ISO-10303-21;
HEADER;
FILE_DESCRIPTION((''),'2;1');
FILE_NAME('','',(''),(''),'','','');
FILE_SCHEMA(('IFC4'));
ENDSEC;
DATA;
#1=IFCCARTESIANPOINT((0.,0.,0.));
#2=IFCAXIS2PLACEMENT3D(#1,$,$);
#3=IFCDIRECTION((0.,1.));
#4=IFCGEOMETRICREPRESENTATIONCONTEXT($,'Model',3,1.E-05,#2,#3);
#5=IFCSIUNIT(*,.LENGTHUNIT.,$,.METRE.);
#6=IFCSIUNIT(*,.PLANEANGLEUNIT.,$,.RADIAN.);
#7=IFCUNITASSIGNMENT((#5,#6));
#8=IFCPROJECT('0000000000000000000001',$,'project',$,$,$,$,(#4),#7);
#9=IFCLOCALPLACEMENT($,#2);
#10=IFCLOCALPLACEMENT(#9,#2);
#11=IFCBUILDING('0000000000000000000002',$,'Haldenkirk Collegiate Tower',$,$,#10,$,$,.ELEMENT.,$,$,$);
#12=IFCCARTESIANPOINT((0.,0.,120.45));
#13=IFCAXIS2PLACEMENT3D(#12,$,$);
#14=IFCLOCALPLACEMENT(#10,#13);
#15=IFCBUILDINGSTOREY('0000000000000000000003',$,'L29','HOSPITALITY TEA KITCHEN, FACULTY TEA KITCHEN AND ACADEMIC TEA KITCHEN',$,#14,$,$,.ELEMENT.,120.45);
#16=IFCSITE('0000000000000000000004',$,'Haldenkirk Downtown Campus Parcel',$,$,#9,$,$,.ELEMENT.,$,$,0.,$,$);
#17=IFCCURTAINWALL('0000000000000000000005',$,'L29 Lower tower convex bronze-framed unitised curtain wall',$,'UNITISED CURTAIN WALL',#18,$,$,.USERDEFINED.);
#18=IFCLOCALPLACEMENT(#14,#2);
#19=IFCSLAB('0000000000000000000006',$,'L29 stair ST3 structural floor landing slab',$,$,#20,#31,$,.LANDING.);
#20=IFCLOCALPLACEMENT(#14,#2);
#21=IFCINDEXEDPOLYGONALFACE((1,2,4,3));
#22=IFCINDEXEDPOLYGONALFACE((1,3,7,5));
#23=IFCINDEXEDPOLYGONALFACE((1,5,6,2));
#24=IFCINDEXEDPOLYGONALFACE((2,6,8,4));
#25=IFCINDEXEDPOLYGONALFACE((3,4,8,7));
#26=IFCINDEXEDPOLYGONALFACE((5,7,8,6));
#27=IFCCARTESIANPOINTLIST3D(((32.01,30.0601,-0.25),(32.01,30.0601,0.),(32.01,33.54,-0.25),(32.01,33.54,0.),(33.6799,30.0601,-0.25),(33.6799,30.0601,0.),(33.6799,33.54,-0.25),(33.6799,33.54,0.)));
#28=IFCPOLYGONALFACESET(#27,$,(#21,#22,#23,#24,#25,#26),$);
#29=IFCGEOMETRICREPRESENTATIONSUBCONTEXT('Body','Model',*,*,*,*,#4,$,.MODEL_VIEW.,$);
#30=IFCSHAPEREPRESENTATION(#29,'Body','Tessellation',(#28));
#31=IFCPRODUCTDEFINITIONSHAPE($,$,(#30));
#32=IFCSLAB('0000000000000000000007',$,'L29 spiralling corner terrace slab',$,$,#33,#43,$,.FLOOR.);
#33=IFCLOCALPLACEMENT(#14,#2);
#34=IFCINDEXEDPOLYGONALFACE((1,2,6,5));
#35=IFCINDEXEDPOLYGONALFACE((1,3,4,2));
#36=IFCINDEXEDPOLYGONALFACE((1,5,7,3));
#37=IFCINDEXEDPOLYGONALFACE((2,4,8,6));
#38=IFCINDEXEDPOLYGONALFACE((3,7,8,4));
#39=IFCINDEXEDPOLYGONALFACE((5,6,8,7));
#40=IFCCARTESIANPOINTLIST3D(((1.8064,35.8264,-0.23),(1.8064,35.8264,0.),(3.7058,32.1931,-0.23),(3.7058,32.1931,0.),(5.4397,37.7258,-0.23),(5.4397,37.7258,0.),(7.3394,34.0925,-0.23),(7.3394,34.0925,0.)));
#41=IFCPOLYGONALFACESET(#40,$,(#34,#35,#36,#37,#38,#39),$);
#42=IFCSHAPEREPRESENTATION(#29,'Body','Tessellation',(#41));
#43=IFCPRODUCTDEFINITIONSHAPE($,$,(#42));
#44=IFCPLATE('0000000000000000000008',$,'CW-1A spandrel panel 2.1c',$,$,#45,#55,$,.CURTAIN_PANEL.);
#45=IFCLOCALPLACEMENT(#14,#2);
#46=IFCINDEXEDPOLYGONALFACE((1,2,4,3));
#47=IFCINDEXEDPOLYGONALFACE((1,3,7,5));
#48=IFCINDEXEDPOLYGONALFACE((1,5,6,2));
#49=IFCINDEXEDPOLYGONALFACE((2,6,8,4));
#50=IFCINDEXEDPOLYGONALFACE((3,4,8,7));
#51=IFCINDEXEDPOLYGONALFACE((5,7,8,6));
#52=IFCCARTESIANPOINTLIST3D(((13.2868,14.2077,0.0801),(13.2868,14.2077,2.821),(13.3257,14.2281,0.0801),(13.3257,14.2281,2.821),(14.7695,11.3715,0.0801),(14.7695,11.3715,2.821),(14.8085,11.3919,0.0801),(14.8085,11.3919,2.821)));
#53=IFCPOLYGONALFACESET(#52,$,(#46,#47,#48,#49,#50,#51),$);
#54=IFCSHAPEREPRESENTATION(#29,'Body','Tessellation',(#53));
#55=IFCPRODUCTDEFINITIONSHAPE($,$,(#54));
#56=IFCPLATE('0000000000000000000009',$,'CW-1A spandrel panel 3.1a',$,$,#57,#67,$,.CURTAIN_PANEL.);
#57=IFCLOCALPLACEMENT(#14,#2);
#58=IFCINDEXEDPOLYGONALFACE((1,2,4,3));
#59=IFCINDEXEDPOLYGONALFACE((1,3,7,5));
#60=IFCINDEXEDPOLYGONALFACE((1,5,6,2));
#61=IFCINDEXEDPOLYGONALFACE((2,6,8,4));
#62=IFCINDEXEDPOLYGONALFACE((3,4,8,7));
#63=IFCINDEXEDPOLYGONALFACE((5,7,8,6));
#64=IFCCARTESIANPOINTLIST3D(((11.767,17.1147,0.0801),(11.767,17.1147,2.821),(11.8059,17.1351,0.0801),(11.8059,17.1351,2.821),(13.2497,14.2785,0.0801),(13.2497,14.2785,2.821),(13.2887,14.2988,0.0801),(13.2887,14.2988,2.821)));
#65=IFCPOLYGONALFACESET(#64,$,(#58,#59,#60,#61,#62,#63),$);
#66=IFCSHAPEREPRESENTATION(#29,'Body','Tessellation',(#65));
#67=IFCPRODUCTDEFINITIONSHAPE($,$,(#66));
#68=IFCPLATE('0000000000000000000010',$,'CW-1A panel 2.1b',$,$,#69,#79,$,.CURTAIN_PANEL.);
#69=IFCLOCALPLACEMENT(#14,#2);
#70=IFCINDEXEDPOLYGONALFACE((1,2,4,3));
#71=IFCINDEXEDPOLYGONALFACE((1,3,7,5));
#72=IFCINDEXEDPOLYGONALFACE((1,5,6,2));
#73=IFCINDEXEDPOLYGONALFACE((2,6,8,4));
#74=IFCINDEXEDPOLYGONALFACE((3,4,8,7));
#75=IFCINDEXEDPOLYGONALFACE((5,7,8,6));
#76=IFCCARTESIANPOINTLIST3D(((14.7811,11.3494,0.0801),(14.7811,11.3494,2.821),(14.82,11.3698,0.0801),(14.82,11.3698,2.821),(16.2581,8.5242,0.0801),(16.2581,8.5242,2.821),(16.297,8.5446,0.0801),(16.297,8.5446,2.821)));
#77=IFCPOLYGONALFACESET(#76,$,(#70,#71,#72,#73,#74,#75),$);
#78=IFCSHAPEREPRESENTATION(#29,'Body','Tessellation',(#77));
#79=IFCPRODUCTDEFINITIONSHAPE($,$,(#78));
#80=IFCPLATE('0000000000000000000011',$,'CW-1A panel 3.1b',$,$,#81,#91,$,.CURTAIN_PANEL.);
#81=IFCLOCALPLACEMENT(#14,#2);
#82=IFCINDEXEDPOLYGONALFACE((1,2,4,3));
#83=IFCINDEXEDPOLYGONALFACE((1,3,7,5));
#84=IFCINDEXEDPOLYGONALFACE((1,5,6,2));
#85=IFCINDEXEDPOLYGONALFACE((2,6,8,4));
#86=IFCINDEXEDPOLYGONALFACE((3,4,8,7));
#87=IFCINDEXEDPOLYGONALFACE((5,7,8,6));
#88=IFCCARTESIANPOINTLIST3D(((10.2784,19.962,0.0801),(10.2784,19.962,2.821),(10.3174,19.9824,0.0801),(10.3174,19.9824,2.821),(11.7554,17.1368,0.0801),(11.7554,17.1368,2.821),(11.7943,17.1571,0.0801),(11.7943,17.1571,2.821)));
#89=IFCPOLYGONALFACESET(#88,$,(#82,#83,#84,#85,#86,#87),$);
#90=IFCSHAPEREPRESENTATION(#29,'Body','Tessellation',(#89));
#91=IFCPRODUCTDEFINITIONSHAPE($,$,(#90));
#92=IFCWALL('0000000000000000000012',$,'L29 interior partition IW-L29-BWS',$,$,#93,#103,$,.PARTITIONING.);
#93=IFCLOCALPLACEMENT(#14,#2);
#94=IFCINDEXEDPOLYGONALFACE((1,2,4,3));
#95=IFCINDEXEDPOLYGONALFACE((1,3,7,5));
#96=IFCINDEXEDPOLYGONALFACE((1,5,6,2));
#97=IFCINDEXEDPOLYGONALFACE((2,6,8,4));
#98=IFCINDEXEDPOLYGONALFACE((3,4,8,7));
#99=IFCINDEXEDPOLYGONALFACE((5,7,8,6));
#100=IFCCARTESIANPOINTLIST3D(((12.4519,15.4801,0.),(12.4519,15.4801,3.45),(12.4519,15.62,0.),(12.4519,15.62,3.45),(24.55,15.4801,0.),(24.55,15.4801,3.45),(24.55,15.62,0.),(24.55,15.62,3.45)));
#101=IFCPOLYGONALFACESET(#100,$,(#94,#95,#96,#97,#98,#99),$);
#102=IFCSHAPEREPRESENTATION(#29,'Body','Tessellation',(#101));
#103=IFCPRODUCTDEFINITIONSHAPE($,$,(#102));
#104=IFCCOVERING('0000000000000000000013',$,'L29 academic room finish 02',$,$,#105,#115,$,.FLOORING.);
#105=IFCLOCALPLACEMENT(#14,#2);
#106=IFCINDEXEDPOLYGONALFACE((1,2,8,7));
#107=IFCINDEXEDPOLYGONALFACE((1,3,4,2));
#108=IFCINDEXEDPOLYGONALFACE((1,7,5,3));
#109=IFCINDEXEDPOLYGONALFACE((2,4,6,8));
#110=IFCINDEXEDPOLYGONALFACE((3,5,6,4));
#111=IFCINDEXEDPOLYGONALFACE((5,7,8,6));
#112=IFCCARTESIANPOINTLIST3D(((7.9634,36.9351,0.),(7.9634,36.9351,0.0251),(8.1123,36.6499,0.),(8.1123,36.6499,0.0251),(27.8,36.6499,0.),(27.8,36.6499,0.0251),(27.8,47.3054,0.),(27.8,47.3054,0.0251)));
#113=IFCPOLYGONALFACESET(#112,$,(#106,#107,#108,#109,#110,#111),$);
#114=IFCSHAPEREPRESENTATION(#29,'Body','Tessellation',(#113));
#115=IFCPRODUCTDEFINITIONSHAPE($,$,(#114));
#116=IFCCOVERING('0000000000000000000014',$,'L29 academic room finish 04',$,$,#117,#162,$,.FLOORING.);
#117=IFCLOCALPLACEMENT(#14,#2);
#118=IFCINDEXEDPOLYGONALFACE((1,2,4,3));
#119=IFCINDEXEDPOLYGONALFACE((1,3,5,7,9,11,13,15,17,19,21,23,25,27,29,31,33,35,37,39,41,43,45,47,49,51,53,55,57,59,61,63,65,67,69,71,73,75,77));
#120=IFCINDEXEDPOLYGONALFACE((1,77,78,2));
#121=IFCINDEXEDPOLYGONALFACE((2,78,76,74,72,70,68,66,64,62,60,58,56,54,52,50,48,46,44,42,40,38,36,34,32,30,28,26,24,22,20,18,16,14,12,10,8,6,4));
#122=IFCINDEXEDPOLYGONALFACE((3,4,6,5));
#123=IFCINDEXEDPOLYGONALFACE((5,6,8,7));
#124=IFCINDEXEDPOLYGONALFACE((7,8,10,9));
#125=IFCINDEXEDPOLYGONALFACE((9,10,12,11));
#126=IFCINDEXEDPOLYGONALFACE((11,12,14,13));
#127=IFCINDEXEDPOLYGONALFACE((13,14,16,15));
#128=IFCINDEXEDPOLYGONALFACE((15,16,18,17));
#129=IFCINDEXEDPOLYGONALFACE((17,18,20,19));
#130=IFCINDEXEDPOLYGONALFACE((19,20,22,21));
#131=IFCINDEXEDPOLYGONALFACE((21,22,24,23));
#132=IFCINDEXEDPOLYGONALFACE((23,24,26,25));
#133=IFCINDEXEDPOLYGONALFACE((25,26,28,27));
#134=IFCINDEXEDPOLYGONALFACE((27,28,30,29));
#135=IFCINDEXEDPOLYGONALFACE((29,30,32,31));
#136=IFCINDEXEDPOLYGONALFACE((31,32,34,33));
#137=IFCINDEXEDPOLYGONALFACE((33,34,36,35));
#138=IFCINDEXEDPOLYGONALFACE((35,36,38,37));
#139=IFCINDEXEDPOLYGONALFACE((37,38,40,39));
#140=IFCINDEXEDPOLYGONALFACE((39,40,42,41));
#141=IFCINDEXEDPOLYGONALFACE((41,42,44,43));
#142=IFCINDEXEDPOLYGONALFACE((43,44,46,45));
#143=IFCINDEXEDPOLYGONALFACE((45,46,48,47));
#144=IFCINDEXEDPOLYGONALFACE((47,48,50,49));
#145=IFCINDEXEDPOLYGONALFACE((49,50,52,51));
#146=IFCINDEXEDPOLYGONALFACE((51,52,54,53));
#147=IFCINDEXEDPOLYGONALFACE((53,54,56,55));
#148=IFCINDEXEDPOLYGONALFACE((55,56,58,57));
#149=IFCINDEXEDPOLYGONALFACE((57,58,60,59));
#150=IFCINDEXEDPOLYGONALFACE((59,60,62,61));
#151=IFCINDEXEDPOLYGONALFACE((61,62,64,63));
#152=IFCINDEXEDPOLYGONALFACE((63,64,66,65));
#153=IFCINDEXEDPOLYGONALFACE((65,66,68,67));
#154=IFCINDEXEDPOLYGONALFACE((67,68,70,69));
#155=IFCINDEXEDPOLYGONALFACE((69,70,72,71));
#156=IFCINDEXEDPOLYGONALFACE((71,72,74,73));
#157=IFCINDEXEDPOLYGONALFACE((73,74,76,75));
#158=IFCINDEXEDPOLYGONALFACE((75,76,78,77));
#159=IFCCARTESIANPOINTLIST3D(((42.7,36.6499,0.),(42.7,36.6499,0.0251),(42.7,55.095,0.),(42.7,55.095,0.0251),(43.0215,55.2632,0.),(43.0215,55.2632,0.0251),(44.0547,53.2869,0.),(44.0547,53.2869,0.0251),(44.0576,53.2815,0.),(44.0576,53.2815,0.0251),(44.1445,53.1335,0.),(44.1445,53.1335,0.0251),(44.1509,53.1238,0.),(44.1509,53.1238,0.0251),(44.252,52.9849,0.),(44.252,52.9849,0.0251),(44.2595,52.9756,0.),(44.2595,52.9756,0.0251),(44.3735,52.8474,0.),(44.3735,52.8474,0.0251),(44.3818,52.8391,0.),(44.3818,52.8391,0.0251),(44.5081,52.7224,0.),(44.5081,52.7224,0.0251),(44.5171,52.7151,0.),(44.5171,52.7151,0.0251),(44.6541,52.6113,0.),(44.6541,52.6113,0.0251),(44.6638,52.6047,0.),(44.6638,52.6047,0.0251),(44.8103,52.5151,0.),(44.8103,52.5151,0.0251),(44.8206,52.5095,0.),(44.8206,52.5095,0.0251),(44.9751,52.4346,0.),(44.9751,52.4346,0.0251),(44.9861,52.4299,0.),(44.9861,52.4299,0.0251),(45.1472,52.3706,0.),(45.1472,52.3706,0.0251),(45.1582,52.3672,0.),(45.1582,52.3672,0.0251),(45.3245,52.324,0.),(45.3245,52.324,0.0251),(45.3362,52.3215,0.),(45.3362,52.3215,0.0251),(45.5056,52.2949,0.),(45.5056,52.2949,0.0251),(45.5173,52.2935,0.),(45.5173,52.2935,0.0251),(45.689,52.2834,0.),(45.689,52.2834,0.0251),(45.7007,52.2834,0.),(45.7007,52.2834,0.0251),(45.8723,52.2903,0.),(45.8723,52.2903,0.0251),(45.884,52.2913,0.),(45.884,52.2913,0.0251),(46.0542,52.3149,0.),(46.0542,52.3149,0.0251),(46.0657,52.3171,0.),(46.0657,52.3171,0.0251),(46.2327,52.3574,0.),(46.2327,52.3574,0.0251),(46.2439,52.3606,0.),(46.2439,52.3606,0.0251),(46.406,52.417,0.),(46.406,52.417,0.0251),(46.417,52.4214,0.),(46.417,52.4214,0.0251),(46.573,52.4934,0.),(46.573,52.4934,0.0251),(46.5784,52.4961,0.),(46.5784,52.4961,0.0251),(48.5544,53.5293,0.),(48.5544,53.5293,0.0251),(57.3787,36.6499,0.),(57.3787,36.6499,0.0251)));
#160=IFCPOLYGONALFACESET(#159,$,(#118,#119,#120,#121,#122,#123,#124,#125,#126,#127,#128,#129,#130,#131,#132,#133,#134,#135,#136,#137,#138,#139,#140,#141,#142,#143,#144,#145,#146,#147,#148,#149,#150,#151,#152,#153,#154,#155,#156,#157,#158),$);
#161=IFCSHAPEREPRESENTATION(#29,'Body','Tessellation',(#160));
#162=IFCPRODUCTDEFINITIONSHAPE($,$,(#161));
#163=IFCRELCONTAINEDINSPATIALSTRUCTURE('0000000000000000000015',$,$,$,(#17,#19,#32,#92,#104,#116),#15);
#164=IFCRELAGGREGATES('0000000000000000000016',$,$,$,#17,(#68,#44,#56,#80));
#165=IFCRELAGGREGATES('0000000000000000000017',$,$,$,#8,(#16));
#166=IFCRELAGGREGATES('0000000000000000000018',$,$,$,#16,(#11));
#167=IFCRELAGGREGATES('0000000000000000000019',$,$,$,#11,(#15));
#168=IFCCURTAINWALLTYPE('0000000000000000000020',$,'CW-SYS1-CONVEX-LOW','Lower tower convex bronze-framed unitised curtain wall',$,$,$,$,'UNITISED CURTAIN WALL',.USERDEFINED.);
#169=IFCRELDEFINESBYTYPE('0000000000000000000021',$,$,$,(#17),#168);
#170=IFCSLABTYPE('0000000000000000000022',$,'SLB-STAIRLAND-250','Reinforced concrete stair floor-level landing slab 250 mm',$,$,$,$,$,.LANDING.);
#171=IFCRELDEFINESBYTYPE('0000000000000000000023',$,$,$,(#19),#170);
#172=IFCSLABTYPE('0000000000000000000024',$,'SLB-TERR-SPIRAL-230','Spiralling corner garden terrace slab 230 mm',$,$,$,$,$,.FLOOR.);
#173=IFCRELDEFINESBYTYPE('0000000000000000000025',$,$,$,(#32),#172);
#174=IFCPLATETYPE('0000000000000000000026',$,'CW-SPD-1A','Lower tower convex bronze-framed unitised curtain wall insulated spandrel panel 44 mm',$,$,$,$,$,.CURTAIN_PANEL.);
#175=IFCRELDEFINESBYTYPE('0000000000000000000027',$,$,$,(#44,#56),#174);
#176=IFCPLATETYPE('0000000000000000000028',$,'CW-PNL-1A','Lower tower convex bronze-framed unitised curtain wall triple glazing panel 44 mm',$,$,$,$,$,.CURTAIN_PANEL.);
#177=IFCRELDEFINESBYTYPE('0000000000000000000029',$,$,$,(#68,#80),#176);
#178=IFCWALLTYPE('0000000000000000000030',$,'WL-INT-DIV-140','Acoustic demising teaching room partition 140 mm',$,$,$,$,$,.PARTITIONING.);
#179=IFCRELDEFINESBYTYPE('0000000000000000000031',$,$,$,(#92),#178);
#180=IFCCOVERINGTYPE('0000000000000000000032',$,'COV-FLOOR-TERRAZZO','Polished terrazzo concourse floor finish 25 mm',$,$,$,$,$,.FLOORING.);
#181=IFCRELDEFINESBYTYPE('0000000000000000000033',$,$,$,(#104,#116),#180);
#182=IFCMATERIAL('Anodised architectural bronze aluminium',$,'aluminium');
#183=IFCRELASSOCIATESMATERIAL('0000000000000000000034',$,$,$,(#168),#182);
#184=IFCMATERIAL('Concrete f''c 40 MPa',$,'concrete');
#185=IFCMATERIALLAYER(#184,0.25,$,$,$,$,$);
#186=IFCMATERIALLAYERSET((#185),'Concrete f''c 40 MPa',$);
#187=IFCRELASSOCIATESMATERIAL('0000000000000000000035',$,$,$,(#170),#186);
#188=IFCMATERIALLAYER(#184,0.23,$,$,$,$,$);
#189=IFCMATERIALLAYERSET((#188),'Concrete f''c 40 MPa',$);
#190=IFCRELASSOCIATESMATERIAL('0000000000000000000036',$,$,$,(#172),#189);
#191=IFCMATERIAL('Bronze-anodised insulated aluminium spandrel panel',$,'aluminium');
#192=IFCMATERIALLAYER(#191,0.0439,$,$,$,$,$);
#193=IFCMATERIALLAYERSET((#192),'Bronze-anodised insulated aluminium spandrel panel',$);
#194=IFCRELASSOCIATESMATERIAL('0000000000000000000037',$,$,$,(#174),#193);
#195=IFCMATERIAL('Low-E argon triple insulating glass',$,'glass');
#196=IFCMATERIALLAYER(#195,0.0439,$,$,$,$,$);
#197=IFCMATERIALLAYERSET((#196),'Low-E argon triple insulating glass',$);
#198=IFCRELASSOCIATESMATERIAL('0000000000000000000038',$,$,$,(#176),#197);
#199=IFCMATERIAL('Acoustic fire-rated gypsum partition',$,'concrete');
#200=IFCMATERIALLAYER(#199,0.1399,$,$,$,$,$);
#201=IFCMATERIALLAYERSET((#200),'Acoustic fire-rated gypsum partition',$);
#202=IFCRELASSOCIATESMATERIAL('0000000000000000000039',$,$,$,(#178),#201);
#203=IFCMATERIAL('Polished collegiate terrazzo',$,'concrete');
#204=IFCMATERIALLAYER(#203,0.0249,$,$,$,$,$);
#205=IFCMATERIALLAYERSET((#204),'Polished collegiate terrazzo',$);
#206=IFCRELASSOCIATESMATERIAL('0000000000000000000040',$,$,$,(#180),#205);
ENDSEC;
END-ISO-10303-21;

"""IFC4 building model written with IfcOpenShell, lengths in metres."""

from ifc_helpers import new_model, si_unit, direction, frame, frame_2d, origin, origin_2d, place, context, subcontext, project, spatial, polyline, rectangle, outline, extrude, source, transform, mapped, material, layer, layer_set, type_object, element, aggregate, save


model = new_model("IFC4")

# Units and contexts
model_context = context("Model", 3, precision=1e-05, world=origin(), true_north=direction((0.0, 1.0)))
body_context = subcontext(model_context, "Body", "Model", "MODEL_VIEW")
ifc_project = project(units=[si_unit("LENGTHUNIT", "METRE"), si_unit("PLANEANGLEUNIT", "RADIAN")], contexts=[model_context])

# Site, building, storey
site_placement = place(None, origin())
site = spatial("IfcSite", under=ifc_project, at=site_placement, Name="Haldenkirk Downtown Campus Parcel", CompositionType="ELEMENT", RefElevation=0.0)
building_placement = place(site_placement, origin())
building = spatial("IfcBuilding", under=site, at=building_placement, Name="Haldenkirk Collegiate Tower", CompositionType="ELEMENT")
storey_placement = place(building_placement, frame((0.0, 0.0, 120.45)))
storey = spatial("IfcBuildingStorey", under=building, at=storey_placement, Name="L29", Description="HOSPITALITY TEA KITCHEN, FACULTY TEA KITCHEN AND ACADEMIC TEA KITCHEN", CompositionType="ELEMENT", Elevation=120.45)

# Curtain wall
ifc_material_1 = material(Name="Anodised architectural bronze aluminium", Category="aluminium")
curtain_wall_type = type_object("IfcCurtainWallType", Name="CW-SYS1-CONVEX-LOW", Description="Lower tower convex bronze-framed unitised curtain wall", ElementType="UNITISED CURTAIN WALL", PredefinedType="USERDEFINED", material=ifc_material_1)
curtain_wall_placement = place(storey_placement, origin())
curtain_wall = element("IfcCurtainWall", 1, at=curtain_wall_placement, inside=storey, type_object=curtain_wall_type, Name="L29 Lower tower convex bronze-framed unitised curtain wall", ObjectType="UNITISED CURTAIN WALL", PredefinedType="USERDEFINED")

# Shared definitions
ifc_material_2 = material(Name="Concrete f'c 40 MPa", Category="concrete")

# Slabs
ifc_layer_1 = layer(ifc_material_2, 0.25)
ifc_layer_set_1 = layer_set([ifc_layer_1], Name="Concrete f'c 40 MPa")
slab_type_1 = type_object("IfcSlabType", Name="SLB-STAIRLAND-250", Description="Reinforced concrete stair floor-level landing slab 250 mm", PredefinedType="LANDING", material=ifc_layer_set_1)
slab_1_placement = place(storey_placement, frame((0.0, 0.0, -0.25)))
element("IfcSlab", 2, at=slab_1_placement, inside=storey, type_object=slab_type_1, Name="L29 stair ST3 structural floor landing slab", PredefinedType="LANDING", context=body_context, shape_type="SweptSolid", body=[
    extrude(outline(polyline([(32.01, 30.0601), (33.6799, 30.0601), (33.6799, 33.54), (32.01, 33.54), (32.01, 30.0601)])), origin(), (0.0, 0.0, 1.0), 0.25),
])
ifc_layer_2 = layer(ifc_material_2, 0.23)
ifc_layer_set_2 = layer_set([ifc_layer_2], Name="Concrete f'c 40 MPa")
slab_type_2 = type_object("IfcSlabType", Name="SLB-TERR-SPIRAL-230", Description="Spiralling corner garden terrace slab 230 mm", PredefinedType="FLOOR", material=ifc_layer_set_2)
slab_2_placement = place(storey_placement, frame((0.0, 0.0, -0.23)))
element("IfcSlab", 3, at=slab_2_placement, inside=storey, type_object=slab_type_2, Name="L29 spiralling corner terrace slab", PredefinedType="FLOOR", context=body_context, shape_type="SweptSolid", body=[
    extrude(outline(polyline([(3.7058, 32.1931), (7.3394, 34.0925), (5.4397, 37.7258), (1.8064, 35.8264), (3.7058, 32.1931)])), origin(), (0.0, 0.0, 1.0), 0.23),
])

# Plates
ifc_material_3 = material(Name="Bronze-anodised insulated aluminium spandrel panel", Category="aluminium")
ifc_layer_3 = layer(ifc_material_3, 0.0439)
ifc_layer_set_3 = layer_set([ifc_layer_3], Name="Bronze-anodised insulated aluminium spandrel panel")
plate_type_1 = type_object("IfcPlateType", Name="CW-SPD-1A", Description="Lower tower convex bronze-framed unitised curtain wall insulated spandrel panel 44 mm", PredefinedType="CURTAIN_PANEL", material=ifc_layer_set_3)
shared_shape_1 = source(origin(), body_context, "Body", "SweptSolid", [
    extrude(rectangle(XDim=3.2004, YDim=0.0439, at=origin_2d()), origin(), (0.0, 0.0, 1.0), 2.741),
])
plate_1_placement = place(storey_placement, frame((14.0476, 12.7998, 0.0801), z_axis=(0.0, 0.0, 1.0), x_axis=(-0.463294, 0.886205, 0.0)))
plate_1 = element("IfcPlate", 4, at=plate_1_placement, type_object=plate_type_1, Name="CW-1A spandrel panel 2.1c", PredefinedType="CURTAIN_PANEL", context=body_context, shape_type="MappedRepresentation", body=[
    mapped(shared_shape_1, transform((0.0, 0.0, 0.0), x_axis=(1.0, 0.0, 0.0), y_axis=(0.0, 1.0, 0.0), z_axis=(0.0, 0.0, 1.0), scale=1.0)),
])
plate_2_placement = place(storey_placement, frame((12.5278, 15.7068, 0.0801), z_axis=(0.0, 0.0, 1.0), x_axis=(-0.463294, 0.886205, 0.0)))
plate_2 = element("IfcPlate", 5, at=plate_2_placement, type_object=plate_type_1, Name="CW-1A spandrel panel 3.1a", PredefinedType="CURTAIN_PANEL", context=body_context, shape_type="MappedRepresentation", body=[
    mapped(shared_shape_1, transform((0.0, 0.0, 0.0), x_axis=(1.0, 0.0, 0.0), y_axis=(0.0, 1.0, 0.0), z_axis=(0.0, 0.0, 1.0), scale=1.0)),
])
ifc_material_4 = material(Name="Low-E argon triple insulating glass", Category="glass")
ifc_layer_4 = layer(ifc_material_4, 0.0439)
ifc_layer_set_4 = layer_set([ifc_layer_4], Name="Low-E argon triple insulating glass")
plate_type_2 = type_object("IfcPlateType", Name="CW-PNL-1A", Description="Lower tower convex bronze-framed unitised curtain wall triple glazing panel 44 mm", PredefinedType="CURTAIN_PANEL", material=ifc_layer_set_4)
shared_shape_2 = source(origin(), body_context, "Body", "SweptSolid", [
    extrude(rectangle(XDim=3.188, YDim=0.0439, at=origin_2d()), origin(), (0.0, 0.0, 1.0), 2.741),
])
plate_3_placement = place(storey_placement, frame((15.5391, 9.947, 0.0801), z_axis=(0.0, 0.0, 1.0), x_axis=(-0.463294, 0.886205, 0.0)))
plate_3 = element("IfcPlate", 6, at=plate_3_placement, type_object=plate_type_2, Name="CW-1A panel 2.1b", PredefinedType="CURTAIN_PANEL", context=body_context, shape_type="MappedRepresentation", body=[
    mapped(shared_shape_2, transform((0.0, 0.0, 0.0), x_axis=(1.0, 0.0, 0.0), y_axis=(0.0, 1.0, 0.0), z_axis=(0.0, 0.0, 1.0), scale=1.0)),
])
plate_4_placement = place(storey_placement, frame((11.0364, 18.5596, 0.0801), z_axis=(0.0, 0.0, 1.0), x_axis=(-0.463294, 0.886205, 0.0)))
plate_4 = element("IfcPlate", 7, at=plate_4_placement, type_object=plate_type_2, Name="CW-1A panel 3.1b", PredefinedType="CURTAIN_PANEL", context=body_context, shape_type="MappedRepresentation", body=[
    mapped(shared_shape_2, transform((0.0, 0.0, 0.0), x_axis=(1.0, 0.0, 0.0), y_axis=(0.0, 1.0, 0.0), z_axis=(0.0, 0.0, 1.0), scale=1.0)),
])
aggregate(curtain_wall, [plate_3, plate_1, plate_2, plate_4])

# Wall
ifc_material_5 = material(Name="Acoustic fire-rated gypsum partition", Category="concrete")
ifc_layer_5 = layer(ifc_material_5, 0.1399)
ifc_layer_set_5 = layer_set([ifc_layer_5], Name="Acoustic fire-rated gypsum partition")
wall_type = type_object("IfcWallType", Name="WL-INT-DIV-140", Description="Acoustic demising teaching room partition 140 mm", PredefinedType="PARTITIONING", material=ifc_layer_set_5)
wall_placement = place(storey_placement, frame((12.4519, 15.55, 0.0), z_axis=(0.0, 0.0, 1.0), x_axis=(1.0, 0.0, 0.0)))
element("IfcWall", 8, at=wall_placement, inside=storey, type_object=wall_type, Name="L29 interior partition IW-L29-BWS", PredefinedType="PARTITIONING", context=body_context, shape_type="SweptSolid", body=[
    extrude(rectangle(XDim=12.0981, YDim=0.1399, at=frame_2d((6.0491, 0.0))), origin(), (0.0, 0.0, 1.0), 3.45),
])

# Coverings
ifc_material_6 = material(Name="Polished collegiate terrazzo", Category="concrete")
ifc_layer_6 = layer(ifc_material_6, 0.0249)
ifc_layer_set_6 = layer_set([ifc_layer_6], Name="Polished collegiate terrazzo")
covering_type_1 = type_object("IfcCoveringType", Name="COV-FLOOR-TERRAZZO", Description="Polished terrazzo concourse floor finish 25 mm", PredefinedType="FLOORING", material=ifc_layer_set_6)
covering_1_placement = place(storey_placement, origin())
element("IfcCovering", 9, at=covering_1_placement, inside=storey, type_object=covering_type_1, Name="L29 academic room finish 02", PredefinedType="FLOORING", context=body_context, shape_type="SweptSolid", body=[
    extrude(outline(polyline([(27.8, 47.3054), (27.8, 36.6499), (8.1123, 36.6499), (7.9634, 36.9351), (27.8, 47.3054)])), origin(), (0.0, 0.0, 1.0), 0.0251),
])
covering_2_placement = place(storey_placement, origin())
element("IfcCovering", 10, at=covering_2_placement, inside=storey, type_object=covering_type_1, Name="L29 academic room finish 04", PredefinedType="FLOORING", context=body_context, shape_type="SweptSolid", body=[
    extrude(outline(polyline([(43.0215, 55.2632), (44.0547, 53.2869), (44.0576, 53.2815), (44.1445, 53.1335), (44.1509, 53.1238), (44.252, 52.9849), (44.2595, 52.9756), (44.3735, 52.8474), (44.3818, 52.8391), (44.5081, 52.7224), (44.5171, 52.7151), (44.6541, 52.6113), (44.6638, 52.6047), (44.8103, 52.5151), (44.8206, 52.5095), (44.9751, 52.4346), (44.9861, 52.4299), (45.1472, 52.3706), (45.1582, 52.3672), (45.3245, 52.324), (45.3362, 52.3215), (45.5056, 52.2949), (45.5173, 52.2935), (45.689, 52.2834), (45.7007, 52.2834), (45.8723, 52.2903), (45.884, 52.2913), (46.0542, 52.3149), (46.0657, 52.3171), (46.2327, 52.3574), (46.2439, 52.3606), (46.406, 52.417), (46.417, 52.4214), (46.573, 52.4934), (46.5784, 52.4961), (48.5544, 53.5293), (57.3787, 36.6499), (42.7, 36.6499), (42.7, 55.095), (43.0215, 55.2632)])), origin(), (0.0, 0.0, 1.0), 0.0251),
])

save(model, "model.ifc")
